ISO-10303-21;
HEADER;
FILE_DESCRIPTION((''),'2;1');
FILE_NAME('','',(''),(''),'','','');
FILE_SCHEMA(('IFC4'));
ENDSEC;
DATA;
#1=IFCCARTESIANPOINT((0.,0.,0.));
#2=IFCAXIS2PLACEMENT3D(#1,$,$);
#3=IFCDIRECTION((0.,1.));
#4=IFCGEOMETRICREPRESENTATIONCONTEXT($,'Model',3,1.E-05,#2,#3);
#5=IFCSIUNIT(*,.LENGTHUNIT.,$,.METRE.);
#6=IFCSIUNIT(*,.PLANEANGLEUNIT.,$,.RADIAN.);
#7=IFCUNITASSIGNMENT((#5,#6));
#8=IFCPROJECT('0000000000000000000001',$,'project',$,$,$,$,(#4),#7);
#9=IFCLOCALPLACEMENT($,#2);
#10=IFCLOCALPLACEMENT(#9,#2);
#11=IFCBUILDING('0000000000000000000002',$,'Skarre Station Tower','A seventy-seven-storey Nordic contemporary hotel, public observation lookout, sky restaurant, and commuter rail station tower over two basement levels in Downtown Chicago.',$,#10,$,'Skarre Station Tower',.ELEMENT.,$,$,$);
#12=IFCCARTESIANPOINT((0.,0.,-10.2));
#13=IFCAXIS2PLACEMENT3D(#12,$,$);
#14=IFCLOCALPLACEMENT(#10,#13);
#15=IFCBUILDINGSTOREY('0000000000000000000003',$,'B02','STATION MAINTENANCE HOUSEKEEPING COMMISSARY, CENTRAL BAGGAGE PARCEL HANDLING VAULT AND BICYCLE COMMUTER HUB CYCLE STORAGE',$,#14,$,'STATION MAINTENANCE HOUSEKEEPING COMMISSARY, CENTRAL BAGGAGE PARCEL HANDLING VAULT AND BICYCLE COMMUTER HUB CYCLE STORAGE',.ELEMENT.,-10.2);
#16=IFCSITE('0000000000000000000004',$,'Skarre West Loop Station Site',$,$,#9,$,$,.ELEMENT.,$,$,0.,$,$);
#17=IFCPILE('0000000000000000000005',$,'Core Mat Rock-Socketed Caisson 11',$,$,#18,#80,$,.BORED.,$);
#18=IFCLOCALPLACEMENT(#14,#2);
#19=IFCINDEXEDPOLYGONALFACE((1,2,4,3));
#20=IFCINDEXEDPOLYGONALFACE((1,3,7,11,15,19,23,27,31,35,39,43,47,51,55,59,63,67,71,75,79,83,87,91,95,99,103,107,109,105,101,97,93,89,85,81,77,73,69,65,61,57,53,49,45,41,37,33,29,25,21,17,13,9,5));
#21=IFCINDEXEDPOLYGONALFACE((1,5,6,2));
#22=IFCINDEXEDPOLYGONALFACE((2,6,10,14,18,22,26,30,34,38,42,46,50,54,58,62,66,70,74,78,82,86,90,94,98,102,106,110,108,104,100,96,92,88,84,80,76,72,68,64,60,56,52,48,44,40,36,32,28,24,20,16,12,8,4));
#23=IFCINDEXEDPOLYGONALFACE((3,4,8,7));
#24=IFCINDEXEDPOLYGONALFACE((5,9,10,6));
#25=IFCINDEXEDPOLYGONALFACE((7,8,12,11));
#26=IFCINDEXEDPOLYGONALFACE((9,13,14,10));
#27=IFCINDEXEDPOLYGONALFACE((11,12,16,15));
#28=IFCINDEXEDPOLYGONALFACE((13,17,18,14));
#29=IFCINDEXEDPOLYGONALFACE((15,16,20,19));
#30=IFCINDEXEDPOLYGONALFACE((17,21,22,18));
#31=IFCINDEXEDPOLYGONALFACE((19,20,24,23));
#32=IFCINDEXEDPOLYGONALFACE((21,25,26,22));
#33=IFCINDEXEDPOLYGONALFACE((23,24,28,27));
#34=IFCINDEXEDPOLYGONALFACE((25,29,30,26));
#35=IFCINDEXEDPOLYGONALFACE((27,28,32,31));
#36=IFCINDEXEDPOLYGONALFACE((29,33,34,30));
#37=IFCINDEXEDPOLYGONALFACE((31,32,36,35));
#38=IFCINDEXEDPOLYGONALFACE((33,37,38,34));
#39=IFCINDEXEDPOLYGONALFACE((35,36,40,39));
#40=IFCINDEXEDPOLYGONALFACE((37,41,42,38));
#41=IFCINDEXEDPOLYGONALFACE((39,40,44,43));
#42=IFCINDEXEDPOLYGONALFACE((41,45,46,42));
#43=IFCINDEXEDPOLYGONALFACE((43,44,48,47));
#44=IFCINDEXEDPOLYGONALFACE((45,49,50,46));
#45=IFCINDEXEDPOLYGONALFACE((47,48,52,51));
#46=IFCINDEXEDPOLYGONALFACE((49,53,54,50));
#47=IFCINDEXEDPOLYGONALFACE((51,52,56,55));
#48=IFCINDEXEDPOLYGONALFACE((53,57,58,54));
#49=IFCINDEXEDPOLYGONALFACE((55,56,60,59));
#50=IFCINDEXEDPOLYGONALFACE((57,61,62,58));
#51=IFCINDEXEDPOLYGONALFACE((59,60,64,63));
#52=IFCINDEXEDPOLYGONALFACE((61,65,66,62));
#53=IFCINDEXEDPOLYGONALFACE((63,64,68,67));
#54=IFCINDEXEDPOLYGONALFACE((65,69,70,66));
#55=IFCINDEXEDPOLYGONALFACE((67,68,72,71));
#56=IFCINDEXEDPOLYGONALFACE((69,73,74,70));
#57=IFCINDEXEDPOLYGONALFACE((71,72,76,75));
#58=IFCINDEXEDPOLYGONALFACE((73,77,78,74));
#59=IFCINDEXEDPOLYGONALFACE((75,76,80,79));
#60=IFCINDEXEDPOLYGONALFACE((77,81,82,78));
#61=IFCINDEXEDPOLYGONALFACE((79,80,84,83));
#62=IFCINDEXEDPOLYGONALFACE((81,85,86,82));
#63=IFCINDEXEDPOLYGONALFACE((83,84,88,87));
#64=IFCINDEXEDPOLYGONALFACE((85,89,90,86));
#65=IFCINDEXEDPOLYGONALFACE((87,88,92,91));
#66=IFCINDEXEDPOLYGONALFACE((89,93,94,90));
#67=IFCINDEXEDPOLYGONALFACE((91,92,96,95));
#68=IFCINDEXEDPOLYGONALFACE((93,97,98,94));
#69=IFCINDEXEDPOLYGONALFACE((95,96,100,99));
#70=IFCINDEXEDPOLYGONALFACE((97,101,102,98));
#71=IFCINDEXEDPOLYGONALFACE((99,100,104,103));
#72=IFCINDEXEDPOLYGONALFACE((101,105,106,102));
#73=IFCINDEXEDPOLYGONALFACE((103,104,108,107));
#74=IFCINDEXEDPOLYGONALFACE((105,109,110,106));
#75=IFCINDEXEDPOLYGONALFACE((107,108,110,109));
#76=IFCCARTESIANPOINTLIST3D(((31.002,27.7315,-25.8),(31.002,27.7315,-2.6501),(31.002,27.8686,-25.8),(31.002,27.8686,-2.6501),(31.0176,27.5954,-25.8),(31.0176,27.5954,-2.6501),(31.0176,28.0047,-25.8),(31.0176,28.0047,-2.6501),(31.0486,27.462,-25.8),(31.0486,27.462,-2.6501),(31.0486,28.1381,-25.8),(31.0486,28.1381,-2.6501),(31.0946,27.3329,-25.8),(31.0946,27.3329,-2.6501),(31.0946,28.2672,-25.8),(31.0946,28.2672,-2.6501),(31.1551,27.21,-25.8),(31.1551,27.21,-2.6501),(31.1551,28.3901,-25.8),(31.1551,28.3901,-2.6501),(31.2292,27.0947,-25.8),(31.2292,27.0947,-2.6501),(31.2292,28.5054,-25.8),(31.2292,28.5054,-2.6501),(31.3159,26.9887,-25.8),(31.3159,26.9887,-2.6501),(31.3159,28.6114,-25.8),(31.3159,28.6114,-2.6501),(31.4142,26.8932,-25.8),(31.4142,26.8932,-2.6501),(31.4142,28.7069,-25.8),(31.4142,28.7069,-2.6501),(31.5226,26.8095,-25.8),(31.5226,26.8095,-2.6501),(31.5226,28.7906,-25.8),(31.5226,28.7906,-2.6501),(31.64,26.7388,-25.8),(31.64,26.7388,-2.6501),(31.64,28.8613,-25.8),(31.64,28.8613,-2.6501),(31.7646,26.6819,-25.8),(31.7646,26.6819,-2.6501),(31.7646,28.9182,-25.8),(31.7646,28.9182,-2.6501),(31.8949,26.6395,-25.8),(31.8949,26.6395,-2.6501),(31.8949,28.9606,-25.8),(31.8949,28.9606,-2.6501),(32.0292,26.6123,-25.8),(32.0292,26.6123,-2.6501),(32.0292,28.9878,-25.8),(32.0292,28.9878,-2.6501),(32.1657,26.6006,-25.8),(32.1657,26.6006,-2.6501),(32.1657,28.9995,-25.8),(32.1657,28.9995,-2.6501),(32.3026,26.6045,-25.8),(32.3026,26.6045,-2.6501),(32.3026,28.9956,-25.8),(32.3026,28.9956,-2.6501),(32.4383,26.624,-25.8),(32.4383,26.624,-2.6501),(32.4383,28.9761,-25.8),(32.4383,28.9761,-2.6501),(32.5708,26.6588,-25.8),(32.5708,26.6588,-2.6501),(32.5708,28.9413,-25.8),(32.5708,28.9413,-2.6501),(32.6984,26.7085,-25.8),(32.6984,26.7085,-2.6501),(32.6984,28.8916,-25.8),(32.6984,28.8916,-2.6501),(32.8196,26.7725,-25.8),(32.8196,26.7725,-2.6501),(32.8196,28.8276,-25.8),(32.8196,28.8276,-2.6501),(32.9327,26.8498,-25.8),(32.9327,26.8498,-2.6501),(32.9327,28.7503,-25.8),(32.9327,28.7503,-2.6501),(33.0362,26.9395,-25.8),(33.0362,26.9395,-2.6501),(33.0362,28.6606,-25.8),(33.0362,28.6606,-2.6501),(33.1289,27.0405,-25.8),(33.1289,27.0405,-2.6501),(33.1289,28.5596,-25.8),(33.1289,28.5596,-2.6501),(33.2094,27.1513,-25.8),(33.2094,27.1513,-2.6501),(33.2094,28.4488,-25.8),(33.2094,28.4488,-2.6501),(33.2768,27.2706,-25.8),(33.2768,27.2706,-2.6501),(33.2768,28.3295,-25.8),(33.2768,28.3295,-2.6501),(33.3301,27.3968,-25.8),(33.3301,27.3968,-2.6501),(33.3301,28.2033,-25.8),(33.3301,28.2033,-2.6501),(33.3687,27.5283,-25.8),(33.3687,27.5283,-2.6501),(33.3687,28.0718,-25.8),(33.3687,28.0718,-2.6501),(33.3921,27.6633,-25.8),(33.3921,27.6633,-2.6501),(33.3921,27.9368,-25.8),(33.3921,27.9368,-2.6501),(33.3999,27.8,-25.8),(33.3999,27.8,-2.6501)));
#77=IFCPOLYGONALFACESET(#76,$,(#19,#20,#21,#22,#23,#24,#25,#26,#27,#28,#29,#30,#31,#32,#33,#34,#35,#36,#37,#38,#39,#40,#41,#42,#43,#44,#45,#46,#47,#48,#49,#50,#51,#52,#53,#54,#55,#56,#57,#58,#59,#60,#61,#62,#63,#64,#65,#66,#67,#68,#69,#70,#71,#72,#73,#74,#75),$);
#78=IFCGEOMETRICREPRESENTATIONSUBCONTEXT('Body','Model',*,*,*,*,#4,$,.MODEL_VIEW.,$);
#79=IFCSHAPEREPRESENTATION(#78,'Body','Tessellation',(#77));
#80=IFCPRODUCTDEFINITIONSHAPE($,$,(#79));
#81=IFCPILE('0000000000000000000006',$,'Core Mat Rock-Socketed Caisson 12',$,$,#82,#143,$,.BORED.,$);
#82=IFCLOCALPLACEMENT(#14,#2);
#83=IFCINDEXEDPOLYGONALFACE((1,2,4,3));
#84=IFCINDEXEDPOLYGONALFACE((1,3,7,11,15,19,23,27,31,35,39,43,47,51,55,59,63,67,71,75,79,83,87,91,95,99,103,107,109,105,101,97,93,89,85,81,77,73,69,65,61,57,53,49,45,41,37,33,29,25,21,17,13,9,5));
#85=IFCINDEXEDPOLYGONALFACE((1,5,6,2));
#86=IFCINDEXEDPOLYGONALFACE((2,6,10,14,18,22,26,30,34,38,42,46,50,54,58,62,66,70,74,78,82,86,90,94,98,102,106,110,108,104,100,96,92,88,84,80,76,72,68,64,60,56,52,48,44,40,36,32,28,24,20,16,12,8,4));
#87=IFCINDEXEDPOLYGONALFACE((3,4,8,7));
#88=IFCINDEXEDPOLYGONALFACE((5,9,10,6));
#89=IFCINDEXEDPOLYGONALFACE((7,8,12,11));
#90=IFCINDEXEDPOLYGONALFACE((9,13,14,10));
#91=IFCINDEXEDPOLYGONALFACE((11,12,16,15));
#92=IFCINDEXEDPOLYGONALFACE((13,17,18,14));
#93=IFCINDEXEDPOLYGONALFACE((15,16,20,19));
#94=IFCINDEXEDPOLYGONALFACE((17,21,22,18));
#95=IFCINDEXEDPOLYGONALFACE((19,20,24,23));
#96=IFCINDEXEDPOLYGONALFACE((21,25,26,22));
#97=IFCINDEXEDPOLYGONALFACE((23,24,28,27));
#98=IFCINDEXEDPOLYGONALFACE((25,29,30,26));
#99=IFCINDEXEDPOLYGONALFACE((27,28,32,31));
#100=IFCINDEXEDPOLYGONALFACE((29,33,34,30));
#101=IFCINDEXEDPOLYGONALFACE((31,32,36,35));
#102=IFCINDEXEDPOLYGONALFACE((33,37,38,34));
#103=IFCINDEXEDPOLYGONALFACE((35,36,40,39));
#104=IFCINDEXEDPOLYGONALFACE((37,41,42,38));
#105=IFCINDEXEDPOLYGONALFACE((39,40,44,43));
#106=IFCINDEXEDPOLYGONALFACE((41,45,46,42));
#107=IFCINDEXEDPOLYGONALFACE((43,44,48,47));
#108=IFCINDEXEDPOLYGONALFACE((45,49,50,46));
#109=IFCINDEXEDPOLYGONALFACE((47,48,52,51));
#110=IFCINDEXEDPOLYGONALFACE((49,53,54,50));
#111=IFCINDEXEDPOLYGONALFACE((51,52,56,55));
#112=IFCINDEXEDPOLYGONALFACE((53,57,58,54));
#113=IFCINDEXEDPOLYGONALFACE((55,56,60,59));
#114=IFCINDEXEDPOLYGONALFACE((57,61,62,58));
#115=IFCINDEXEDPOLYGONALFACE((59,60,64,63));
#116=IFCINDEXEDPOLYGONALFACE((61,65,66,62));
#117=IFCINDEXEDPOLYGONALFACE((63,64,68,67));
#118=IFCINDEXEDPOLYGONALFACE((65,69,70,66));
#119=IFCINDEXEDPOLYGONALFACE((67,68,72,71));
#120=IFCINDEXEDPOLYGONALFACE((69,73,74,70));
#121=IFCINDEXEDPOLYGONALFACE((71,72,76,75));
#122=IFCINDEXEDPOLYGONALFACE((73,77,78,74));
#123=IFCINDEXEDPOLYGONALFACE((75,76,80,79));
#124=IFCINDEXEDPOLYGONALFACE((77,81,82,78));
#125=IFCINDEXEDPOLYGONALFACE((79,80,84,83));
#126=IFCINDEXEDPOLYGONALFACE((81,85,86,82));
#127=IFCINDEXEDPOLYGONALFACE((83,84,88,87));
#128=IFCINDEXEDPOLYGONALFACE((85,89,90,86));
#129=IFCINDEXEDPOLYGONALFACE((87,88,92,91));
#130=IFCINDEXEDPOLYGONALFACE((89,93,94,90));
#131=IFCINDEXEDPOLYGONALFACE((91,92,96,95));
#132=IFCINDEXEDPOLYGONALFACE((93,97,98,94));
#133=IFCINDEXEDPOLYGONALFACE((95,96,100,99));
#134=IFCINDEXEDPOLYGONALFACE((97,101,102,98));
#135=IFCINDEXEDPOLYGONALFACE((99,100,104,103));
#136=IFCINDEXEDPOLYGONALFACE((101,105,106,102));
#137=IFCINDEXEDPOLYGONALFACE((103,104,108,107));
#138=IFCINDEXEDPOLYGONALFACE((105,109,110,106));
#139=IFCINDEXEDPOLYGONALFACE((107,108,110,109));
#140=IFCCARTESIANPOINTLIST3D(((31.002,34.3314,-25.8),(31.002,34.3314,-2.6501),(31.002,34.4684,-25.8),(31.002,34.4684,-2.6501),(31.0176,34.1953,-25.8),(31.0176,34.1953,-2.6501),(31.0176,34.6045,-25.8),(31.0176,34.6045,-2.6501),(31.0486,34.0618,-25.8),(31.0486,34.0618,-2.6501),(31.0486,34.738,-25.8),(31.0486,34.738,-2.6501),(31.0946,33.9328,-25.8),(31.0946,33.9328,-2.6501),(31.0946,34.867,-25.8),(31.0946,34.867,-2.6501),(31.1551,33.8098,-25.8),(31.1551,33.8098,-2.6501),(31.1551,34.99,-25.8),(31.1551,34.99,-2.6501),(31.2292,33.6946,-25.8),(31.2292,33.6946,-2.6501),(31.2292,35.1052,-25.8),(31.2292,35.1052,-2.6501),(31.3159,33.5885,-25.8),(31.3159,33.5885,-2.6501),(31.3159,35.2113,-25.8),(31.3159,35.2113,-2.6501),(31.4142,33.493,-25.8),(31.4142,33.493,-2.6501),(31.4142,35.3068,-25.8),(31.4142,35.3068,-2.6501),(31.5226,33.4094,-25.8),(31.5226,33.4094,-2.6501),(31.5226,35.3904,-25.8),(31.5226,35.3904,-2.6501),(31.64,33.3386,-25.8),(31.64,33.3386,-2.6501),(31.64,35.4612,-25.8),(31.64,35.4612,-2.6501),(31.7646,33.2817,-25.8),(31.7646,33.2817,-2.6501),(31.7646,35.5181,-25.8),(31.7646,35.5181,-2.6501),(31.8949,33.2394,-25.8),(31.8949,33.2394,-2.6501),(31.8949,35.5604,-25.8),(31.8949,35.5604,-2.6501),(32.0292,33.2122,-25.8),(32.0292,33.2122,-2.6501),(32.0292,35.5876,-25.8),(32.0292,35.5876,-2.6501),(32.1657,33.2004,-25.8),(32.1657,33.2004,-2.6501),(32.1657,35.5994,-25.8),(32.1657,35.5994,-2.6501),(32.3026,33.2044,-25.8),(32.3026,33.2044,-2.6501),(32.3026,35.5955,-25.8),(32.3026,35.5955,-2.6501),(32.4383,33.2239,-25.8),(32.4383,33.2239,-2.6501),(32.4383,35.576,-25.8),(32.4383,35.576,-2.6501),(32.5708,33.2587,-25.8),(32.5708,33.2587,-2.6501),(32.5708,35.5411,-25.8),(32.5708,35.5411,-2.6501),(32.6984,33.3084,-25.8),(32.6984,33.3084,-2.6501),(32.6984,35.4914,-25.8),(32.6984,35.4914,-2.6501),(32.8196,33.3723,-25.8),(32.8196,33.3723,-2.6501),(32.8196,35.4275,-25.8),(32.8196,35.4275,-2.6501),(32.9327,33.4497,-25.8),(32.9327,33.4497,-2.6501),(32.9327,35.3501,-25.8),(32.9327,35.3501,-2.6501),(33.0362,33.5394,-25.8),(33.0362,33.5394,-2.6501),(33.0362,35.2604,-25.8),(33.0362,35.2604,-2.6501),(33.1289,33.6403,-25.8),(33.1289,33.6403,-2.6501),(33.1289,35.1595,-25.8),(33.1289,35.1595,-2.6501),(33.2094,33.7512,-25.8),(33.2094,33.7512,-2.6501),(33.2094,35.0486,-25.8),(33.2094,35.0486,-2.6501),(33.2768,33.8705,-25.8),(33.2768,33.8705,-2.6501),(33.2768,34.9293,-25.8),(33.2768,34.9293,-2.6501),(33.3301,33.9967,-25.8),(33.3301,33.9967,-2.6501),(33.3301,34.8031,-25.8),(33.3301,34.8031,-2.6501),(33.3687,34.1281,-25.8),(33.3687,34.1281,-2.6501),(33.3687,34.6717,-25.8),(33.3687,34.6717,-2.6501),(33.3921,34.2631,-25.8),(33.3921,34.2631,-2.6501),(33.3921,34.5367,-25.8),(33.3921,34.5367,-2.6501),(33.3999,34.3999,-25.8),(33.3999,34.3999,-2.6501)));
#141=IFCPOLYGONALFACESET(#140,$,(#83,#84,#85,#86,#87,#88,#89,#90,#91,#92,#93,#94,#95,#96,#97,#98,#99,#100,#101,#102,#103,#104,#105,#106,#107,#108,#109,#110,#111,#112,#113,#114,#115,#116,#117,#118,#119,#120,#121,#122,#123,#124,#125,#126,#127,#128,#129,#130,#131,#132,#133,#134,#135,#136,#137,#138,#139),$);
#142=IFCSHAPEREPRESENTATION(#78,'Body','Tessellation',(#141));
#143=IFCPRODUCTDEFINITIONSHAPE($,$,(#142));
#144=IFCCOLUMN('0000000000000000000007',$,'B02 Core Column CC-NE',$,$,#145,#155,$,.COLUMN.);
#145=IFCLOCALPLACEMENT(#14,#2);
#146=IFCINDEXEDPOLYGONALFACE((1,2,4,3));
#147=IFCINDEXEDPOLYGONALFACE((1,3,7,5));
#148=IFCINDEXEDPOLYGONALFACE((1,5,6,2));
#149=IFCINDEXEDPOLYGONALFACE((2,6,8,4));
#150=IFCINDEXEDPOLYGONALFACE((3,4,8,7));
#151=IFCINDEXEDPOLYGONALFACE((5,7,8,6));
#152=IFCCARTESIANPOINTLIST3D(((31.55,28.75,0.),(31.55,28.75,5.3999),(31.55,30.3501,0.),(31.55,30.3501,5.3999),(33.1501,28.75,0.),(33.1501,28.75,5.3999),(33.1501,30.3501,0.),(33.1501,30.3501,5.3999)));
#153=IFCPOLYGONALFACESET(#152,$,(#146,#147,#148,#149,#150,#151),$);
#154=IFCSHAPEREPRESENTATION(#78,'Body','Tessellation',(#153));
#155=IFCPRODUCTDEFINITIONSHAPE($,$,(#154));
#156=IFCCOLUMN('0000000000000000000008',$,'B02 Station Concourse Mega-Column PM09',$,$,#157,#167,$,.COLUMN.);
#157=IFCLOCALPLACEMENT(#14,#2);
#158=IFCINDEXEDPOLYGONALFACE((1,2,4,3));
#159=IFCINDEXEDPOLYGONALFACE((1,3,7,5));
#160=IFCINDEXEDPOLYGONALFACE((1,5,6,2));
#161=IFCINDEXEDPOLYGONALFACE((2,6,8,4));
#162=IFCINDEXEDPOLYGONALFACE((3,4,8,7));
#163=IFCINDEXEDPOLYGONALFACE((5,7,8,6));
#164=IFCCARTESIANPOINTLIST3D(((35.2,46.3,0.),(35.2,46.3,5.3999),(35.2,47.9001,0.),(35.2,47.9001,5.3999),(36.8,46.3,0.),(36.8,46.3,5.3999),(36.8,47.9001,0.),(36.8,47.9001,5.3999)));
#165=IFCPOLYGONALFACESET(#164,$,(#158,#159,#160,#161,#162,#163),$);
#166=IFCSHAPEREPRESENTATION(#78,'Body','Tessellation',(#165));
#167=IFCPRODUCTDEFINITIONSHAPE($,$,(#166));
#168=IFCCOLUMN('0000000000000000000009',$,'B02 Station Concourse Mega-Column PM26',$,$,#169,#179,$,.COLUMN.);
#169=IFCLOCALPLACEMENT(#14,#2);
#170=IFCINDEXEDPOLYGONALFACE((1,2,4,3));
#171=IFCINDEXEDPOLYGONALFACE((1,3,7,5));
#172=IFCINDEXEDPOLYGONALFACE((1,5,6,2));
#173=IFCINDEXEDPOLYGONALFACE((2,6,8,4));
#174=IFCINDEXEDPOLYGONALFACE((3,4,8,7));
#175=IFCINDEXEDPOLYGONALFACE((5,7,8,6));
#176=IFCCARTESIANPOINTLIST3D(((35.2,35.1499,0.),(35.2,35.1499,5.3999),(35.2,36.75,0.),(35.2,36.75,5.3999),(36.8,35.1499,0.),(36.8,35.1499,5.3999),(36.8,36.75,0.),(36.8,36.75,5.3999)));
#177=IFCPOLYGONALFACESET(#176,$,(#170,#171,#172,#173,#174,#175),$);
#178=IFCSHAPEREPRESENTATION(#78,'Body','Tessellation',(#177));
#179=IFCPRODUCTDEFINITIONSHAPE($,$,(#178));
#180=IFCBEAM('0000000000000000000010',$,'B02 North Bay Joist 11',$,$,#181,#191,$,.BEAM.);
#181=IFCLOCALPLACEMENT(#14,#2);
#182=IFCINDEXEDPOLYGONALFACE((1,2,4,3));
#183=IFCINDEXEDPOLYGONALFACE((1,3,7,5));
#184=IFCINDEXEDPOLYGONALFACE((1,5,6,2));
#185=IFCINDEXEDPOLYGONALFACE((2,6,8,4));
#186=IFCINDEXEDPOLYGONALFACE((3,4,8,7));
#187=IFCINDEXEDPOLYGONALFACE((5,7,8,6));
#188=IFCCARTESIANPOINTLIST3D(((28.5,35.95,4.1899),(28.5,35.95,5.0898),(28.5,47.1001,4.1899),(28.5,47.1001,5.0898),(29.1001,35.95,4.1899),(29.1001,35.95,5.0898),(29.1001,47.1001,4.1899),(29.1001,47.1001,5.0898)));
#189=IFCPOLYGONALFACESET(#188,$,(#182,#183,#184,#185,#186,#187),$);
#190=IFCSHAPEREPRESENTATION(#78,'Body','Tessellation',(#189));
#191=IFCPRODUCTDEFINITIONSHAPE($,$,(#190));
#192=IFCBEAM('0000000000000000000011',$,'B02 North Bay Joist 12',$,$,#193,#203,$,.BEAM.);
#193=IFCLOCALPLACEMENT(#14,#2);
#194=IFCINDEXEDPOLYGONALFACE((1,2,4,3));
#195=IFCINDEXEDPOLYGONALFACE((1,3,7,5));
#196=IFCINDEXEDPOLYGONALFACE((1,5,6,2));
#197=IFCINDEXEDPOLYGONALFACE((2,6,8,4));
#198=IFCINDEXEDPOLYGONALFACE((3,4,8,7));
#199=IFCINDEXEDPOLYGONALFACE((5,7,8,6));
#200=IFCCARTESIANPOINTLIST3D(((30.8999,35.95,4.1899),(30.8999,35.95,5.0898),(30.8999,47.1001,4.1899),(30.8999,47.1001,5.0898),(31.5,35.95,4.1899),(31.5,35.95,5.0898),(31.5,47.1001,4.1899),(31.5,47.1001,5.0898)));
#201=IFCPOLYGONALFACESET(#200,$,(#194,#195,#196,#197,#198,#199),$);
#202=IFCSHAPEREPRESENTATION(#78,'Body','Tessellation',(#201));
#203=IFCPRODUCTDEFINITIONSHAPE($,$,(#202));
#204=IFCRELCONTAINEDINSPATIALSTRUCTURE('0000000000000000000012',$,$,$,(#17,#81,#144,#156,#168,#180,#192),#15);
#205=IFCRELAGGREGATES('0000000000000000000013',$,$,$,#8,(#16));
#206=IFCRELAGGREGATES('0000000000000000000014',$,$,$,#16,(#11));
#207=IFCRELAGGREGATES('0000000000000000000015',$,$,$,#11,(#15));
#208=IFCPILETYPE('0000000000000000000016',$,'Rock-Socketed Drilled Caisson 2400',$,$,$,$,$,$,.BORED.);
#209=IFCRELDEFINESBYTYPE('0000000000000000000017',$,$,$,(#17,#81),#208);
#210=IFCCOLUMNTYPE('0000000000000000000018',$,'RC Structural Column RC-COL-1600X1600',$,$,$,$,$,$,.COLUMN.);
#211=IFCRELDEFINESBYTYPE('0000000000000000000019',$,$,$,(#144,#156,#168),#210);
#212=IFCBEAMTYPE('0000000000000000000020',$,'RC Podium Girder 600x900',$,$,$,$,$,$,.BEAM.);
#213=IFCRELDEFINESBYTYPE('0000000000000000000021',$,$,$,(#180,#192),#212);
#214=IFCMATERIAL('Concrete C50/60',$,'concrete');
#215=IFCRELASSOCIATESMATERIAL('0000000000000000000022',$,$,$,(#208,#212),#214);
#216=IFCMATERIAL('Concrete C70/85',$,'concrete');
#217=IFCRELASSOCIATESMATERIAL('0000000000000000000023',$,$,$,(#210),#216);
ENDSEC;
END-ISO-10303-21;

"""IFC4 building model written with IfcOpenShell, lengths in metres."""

from ifc_helpers import new_model, si_unit, direction, frame, origin, origin_2d, place, context, subcontext, project, spatial, rectangle, circle, extrude, material, material_profile, profile_set, type_object, element, save


model = new_model("IFC4")

# Units and contexts
model_context = context("Model", 3, precision=1e-05, world=origin(), true_north=direction((0.0, 1.0)))
body_context = subcontext(model_context, "Body", "Model", "MODEL_VIEW")
ifc_project = project(units=[si_unit("LENGTHUNIT", "METRE"), si_unit("PLANEANGLEUNIT", "RADIAN")], contexts=[model_context])

# Site, building, storey
site_placement = place(None, origin())
site = spatial("IfcSite", under=ifc_project, at=site_placement, Name="Skarre West Loop Station Site", CompositionType="ELEMENT", RefElevation=0.0)
building_placement = place(site_placement, origin())
building = spatial("IfcBuilding", under=site, at=building_placement, Name="Skarre Station Tower", Description="A seventy-seven-storey Nordic contemporary hotel, public observation lookout, sky restaurant, and commuter rail station tower over two basement levels in Downtown Chicago.", LongName="Skarre Station Tower", CompositionType="ELEMENT")
storey_placement = place(building_placement, frame((0.0, 0.0, -10.2)))
storey = spatial("IfcBuildingStorey", under=building, at=storey_placement, Name="B02", Description="STATION MAINTENANCE HOUSEKEEPING COMMISSARY, CENTRAL BAGGAGE PARCEL HANDLING VAULT AND BICYCLE COMMUTER HUB CYCLE STORAGE", LongName="STATION MAINTENANCE HOUSEKEEPING COMMISSARY, CENTRAL BAGGAGE PARCEL HANDLING VAULT AND BICYCLE COMMUTER HUB CYCLE STORAGE", CompositionType="ELEMENT", Elevation=-10.2)

# Shared definitions
ifc_material_1 = material(Name="Concrete C50/60", Category="concrete")

# Piles
ifc_material_profile_1 = material_profile(ifc_material_1, circle(Radius=1.2, at=origin_2d()), Name="Concrete C50/60")
ifc_profile_set_1 = profile_set([ifc_material_profile_1], Name="Concrete C50/60")
pile_type_1 = type_object("IfcPileType", Name="Rock-Socketed Drilled Caisson 2400", PredefinedType="BORED", material=ifc_profile_set_1)
for number, where, z_axis, x_axis, name in (
    (1, (32.2, 27.8, -2.6501), (0.0, 0.0, -1.0), (1.0, 0.0, 0.0), "Core Mat Rock-Socketed Caisson 11"),
    (2, (32.2, 34.3999, -2.6501), (0.0, 0.0, -1.0), (1.0, 0.0, 0.0), "Core Mat Rock-Socketed Caisson 12"),
):
    element("IfcPile", number, at=place(storey_placement, frame(where, z_axis=z_axis, x_axis=x_axis)), inside=storey, type_object=pile_type_1, Name=name, PredefinedType="BORED", context=body_context, shape_type="SweptSolid", body=[
        extrude(circle(Radius=1.2, at=origin_2d()), origin(), (0.0, 0.0, 1.0), 23.1499),
    ])

# Columns
ifc_material_2 = material(Name="Concrete C70/85", Category="concrete")
ifc_material_profile_2 = material_profile(ifc_material_2, rectangle(XDim=1.6001, YDim=1.6001, at=origin_2d()), Name="Concrete C70/85")
ifc_profile_set_2 = profile_set([ifc_material_profile_2], Name="Concrete C70/85")
column_type = type_object("IfcColumnType", Name="RC Structural Column RC-COL-1600X1600", PredefinedType="COLUMN", material=ifc_profile_set_2)
for number, where, z_axis, x_axis, name in (
    (3, (32.3501, 29.55, 0.0), (0.0, 0.0, 1.0), (1.0, 0.0, 0.0), "B02 Core Column CC-NE"),
    (4, (36.0, 47.1001, 0.0), (0.0, 0.0, 1.0), (1.0, 0.0, 0.0), "B02 Station Concourse Mega-Column PM09"),
    (5, (36.0, 35.95, 0.0), (0.0, 0.0, 1.0), (1.0, 0.0, 0.0), "B02 Station Concourse Mega-Column PM26"),
):
    element("IfcColumn", number, at=place(storey_placement, frame(where, z_axis=z_axis, x_axis=x_axis)), inside=storey, type_object=column_type, Name=name, PredefinedType="COLUMN", context=body_context, shape_type="SweptSolid", body=[
        extrude(rectangle(XDim=1.6001, YDim=1.6001, at=origin_2d()), origin(), (0.0, 0.0, 1.0), 5.3999),
    ])

# Beams
ifc_material_profile_3 = material_profile(ifc_material_1, rectangle(XDim=0.6001, YDim=0.8999, at=origin_2d()), Name="Concrete C50/60")
ifc_profile_set_3 = profile_set([ifc_material_profile_3], Name="Concrete C50/60")
beam_type_1 = type_object("IfcBeamType", Name="RC Podium Girder 600x900", PredefinedType="BEAM", material=ifc_profile_set_3)
for number, where, z_axis, x_axis, name in (
    (6, (28.8, 35.95, 4.6399), (0.0, 1.0, 0.0), (-1.0, 0.0, 0.0), "B02 North Bay Joist 11"),
    (7, (31.2, 35.95, 4.6399), (0.0, 1.0, 0.0), (-1.0, 0.0, 0.0), "B02 North Bay Joist 12"),
):
    element("IfcBeam", number, at=place(storey_placement, frame(where, z_axis=z_axis, x_axis=x_axis)), inside=storey, type_object=beam_type_1, Name=name, PredefinedType="BEAM", context=body_context, shape_type="SweptSolid", body=[
        extrude(rectangle(XDim=0.6001, YDim=0.8999, at=origin_2d()), origin(), (0.0, 0.0, 1.0), 11.1501),
    ])

save(model, "model.ifc")
